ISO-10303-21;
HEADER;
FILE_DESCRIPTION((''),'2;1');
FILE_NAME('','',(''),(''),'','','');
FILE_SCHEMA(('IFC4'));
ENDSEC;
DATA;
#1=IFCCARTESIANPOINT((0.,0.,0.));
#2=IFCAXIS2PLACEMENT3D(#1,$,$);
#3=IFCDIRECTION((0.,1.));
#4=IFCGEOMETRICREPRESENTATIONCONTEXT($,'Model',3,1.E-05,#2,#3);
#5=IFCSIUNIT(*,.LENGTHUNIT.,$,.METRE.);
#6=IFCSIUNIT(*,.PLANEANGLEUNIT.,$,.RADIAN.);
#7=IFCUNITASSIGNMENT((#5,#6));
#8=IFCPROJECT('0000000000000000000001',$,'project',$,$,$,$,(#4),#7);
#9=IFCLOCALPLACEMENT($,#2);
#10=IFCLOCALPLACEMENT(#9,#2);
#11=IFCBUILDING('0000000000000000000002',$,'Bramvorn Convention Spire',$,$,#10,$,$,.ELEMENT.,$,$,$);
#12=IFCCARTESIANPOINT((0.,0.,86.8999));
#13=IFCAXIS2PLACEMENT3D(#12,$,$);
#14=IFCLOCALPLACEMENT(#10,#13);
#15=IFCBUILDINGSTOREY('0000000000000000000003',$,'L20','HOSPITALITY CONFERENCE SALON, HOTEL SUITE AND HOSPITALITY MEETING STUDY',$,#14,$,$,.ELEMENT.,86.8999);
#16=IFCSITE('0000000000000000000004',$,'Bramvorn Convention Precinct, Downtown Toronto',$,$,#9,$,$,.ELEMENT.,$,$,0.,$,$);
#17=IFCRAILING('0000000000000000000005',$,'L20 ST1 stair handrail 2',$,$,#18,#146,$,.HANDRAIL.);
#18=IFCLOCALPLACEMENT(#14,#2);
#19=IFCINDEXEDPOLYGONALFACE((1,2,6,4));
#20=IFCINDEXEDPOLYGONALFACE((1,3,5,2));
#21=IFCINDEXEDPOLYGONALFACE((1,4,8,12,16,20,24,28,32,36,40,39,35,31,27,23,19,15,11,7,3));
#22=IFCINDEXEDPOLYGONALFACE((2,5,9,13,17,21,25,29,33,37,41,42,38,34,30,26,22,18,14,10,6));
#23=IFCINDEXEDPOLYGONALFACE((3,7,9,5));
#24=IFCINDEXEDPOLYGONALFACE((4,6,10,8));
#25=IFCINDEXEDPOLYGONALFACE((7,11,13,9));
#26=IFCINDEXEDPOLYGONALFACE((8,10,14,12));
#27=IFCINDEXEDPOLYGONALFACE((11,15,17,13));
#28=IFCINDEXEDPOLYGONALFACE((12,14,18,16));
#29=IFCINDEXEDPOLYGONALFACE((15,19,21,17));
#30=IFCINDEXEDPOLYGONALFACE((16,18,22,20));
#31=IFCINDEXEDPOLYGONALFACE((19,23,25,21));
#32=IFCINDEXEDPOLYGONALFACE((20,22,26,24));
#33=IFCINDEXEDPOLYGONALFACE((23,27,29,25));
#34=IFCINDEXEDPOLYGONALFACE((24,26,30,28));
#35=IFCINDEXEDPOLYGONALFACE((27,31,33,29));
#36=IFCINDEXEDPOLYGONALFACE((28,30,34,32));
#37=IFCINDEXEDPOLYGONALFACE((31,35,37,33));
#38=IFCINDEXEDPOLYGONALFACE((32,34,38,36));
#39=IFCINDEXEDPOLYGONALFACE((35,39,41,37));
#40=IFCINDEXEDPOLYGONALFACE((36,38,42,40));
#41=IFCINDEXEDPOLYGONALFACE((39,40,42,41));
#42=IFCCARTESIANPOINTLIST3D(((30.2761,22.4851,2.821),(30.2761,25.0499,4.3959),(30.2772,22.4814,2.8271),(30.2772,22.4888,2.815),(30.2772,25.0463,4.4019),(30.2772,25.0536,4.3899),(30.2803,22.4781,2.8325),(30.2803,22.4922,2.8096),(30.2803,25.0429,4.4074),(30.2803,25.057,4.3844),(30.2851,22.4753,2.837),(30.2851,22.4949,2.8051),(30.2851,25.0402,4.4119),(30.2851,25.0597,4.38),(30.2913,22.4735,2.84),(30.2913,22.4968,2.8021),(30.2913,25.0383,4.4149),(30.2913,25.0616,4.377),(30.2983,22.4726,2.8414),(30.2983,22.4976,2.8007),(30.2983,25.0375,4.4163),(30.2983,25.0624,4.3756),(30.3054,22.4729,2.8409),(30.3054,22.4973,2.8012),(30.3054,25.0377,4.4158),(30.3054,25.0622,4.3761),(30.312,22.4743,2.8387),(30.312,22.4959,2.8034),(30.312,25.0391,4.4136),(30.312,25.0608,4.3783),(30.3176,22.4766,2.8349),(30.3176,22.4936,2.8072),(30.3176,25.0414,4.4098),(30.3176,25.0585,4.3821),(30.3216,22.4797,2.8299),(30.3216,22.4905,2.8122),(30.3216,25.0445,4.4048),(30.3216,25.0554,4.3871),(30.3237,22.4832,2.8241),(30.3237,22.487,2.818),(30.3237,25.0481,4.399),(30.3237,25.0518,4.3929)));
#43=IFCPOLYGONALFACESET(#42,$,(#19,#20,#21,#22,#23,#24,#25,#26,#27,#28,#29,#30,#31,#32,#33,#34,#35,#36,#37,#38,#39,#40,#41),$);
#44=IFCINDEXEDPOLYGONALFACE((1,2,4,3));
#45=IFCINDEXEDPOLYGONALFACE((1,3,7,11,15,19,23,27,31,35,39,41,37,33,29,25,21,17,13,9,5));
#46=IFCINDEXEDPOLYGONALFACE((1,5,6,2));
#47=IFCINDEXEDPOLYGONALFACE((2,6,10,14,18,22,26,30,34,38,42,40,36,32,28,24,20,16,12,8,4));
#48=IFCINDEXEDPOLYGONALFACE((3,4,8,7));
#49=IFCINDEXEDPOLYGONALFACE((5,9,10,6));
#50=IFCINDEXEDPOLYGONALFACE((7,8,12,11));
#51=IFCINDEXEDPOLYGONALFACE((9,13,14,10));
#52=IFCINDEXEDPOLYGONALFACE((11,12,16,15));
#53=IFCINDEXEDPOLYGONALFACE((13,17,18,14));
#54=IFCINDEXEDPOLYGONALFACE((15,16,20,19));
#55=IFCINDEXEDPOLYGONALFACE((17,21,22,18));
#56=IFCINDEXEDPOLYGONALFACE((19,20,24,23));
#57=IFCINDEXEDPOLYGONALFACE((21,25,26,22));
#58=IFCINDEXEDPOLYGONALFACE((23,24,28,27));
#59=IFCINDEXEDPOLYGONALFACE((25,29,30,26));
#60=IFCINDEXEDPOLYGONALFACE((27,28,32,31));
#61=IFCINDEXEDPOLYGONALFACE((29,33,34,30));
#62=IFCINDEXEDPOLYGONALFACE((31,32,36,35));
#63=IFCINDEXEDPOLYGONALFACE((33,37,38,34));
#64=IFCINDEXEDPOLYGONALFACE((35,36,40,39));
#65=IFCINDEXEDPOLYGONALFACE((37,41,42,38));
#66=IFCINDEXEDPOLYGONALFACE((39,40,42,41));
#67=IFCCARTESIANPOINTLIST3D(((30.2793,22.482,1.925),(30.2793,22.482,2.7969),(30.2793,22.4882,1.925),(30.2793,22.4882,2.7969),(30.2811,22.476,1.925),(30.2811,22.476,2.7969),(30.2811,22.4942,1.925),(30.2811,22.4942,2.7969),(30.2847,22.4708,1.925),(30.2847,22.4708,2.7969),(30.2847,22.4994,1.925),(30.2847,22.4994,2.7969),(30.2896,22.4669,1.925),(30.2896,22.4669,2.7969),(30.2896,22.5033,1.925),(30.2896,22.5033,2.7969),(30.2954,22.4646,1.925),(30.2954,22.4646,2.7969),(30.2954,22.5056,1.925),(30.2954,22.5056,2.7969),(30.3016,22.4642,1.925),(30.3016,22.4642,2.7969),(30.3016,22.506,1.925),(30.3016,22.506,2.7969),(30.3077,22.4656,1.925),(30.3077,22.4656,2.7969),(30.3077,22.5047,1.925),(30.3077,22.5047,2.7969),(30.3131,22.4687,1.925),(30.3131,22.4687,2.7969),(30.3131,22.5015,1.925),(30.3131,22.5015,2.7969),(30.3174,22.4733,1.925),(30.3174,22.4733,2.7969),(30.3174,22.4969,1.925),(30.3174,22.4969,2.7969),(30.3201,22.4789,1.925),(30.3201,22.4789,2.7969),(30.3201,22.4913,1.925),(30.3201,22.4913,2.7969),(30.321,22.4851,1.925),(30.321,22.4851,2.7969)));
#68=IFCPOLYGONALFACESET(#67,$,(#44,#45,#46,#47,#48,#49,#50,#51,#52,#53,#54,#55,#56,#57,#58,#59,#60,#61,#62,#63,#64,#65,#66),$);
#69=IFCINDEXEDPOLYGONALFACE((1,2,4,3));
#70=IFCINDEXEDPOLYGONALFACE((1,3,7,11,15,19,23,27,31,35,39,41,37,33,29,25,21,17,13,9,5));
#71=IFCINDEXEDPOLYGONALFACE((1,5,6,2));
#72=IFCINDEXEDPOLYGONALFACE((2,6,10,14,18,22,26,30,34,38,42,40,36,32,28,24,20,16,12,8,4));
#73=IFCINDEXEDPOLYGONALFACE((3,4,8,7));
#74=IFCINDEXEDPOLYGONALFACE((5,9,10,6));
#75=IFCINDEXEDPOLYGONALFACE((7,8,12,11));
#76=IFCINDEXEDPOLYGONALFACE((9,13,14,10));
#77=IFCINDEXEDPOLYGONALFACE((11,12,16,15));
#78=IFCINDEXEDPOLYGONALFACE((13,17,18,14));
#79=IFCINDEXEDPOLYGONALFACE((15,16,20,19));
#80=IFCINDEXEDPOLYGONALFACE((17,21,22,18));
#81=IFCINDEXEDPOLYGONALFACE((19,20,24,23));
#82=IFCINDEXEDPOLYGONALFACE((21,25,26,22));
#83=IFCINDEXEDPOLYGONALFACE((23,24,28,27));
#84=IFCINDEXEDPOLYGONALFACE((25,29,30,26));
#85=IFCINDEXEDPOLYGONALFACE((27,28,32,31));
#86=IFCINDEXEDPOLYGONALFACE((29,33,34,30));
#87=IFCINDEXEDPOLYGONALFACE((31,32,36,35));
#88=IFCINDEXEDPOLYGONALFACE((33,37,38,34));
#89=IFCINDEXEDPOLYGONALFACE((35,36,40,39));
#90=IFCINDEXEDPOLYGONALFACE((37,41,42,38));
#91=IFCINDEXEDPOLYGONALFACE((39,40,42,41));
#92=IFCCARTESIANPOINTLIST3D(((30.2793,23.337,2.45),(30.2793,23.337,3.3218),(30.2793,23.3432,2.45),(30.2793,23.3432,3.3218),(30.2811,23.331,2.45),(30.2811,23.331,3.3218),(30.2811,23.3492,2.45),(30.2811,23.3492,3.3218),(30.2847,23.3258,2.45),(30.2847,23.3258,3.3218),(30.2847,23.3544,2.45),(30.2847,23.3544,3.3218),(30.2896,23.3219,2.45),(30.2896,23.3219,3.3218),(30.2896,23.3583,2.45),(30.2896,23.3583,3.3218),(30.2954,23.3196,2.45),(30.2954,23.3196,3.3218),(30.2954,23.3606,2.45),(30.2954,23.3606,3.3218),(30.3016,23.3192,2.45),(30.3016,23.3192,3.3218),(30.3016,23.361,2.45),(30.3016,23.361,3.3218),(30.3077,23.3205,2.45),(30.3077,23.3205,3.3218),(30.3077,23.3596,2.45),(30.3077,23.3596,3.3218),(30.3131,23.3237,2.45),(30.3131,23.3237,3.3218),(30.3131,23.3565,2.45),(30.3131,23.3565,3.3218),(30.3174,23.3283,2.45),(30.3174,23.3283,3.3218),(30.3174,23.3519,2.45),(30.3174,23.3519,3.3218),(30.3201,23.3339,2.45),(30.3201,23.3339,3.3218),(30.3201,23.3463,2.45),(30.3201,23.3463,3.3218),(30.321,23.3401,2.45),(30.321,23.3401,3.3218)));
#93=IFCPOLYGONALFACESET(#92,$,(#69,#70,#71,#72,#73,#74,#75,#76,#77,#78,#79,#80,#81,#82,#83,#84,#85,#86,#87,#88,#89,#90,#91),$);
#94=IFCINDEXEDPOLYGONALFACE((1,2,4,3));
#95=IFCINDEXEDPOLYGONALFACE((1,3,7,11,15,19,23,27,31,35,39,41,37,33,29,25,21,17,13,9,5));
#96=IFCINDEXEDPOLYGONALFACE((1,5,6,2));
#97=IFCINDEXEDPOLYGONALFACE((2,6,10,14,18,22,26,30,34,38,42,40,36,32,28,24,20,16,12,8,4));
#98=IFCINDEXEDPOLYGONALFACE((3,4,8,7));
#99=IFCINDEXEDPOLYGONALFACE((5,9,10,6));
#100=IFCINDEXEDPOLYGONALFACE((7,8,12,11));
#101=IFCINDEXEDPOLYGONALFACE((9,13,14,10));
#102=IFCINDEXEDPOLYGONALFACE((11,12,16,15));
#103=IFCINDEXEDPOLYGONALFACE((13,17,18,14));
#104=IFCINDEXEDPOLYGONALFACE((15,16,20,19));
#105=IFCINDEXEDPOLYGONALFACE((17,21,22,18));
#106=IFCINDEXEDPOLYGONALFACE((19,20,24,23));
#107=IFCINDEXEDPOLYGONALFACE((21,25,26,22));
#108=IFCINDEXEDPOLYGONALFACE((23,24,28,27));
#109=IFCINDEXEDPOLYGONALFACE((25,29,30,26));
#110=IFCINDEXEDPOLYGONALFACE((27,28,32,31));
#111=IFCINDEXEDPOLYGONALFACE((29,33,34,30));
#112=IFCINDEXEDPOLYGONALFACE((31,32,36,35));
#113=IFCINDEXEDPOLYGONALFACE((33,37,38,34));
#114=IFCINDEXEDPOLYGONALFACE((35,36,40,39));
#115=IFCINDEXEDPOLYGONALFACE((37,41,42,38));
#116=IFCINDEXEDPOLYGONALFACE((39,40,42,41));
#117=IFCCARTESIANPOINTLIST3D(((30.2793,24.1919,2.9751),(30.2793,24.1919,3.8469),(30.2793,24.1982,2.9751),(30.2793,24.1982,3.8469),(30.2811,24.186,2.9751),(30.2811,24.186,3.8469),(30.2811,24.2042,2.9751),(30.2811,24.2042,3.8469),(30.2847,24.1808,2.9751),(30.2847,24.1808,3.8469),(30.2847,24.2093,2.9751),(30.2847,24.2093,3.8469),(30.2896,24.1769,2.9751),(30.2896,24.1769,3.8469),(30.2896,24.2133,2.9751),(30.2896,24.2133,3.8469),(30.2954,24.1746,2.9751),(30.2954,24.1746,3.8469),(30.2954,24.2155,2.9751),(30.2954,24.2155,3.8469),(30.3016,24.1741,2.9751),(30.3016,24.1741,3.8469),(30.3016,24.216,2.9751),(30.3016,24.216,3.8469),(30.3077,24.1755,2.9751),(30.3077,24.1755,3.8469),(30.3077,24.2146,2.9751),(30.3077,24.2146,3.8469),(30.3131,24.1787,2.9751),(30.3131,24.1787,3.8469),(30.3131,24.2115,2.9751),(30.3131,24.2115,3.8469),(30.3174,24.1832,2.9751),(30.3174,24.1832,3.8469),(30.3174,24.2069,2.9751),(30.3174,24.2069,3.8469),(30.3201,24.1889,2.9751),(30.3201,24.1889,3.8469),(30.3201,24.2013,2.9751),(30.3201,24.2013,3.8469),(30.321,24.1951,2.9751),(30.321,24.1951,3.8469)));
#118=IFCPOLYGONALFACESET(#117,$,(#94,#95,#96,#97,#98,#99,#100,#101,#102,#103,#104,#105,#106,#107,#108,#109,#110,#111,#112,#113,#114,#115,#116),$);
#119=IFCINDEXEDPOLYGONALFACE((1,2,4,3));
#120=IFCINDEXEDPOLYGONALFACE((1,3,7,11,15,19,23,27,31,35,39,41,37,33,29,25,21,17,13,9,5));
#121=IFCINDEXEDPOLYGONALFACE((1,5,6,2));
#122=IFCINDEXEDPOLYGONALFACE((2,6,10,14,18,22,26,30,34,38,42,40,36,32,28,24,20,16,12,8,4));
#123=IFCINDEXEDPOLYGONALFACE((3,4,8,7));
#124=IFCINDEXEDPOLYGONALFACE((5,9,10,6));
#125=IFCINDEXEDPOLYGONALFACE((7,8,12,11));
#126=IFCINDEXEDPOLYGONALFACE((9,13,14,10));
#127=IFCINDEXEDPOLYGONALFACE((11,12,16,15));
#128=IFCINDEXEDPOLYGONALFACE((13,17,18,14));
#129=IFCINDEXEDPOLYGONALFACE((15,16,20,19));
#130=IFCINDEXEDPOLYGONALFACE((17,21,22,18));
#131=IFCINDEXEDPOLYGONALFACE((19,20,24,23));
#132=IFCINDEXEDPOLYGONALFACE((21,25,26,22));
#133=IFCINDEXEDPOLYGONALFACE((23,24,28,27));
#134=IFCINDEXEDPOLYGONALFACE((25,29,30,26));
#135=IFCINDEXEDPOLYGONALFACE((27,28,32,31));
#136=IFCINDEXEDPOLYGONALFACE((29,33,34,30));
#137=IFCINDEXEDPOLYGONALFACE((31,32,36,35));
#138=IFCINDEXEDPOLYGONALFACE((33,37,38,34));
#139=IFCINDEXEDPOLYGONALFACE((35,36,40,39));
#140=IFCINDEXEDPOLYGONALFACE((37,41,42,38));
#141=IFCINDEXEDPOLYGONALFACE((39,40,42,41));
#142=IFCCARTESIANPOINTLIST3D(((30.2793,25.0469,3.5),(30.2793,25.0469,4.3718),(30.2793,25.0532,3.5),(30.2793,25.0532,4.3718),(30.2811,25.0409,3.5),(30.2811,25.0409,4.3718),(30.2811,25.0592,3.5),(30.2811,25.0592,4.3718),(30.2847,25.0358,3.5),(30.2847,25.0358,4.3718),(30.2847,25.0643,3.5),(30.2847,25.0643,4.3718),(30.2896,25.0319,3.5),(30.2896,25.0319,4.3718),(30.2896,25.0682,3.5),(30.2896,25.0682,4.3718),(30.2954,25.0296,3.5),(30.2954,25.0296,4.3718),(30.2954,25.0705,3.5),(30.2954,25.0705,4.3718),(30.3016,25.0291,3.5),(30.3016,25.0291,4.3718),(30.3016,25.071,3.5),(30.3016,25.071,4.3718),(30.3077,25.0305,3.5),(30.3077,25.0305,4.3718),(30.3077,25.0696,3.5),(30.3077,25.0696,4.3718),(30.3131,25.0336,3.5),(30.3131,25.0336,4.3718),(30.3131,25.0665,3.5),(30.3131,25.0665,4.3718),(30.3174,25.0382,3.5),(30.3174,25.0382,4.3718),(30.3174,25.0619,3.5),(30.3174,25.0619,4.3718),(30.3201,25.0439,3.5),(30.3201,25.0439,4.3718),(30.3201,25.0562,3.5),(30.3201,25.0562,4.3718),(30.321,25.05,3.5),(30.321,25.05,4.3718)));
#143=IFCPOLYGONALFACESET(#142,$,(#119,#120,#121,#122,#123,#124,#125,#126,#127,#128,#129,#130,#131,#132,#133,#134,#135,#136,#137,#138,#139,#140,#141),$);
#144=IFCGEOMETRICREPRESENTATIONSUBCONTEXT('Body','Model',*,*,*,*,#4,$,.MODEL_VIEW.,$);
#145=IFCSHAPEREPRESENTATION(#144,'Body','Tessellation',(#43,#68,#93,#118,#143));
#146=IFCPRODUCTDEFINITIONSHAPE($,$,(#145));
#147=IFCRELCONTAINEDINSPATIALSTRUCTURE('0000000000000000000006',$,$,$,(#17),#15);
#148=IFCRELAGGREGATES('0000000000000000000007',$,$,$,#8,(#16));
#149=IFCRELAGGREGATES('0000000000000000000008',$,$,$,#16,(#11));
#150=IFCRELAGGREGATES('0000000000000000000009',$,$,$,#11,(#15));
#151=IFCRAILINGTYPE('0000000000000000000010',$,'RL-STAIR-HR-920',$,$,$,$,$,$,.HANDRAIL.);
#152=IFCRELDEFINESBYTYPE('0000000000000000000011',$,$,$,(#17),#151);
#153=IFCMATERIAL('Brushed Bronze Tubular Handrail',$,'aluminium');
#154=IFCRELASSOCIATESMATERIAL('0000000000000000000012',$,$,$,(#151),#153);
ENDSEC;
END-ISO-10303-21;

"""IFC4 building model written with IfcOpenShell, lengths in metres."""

from ifc_helpers import new_model, si_unit, direction, frame, origin, origin_2d, place, context, subcontext, project, spatial, circle, extrude, material, type_object, element, save


model = new_model("IFC4")

# Units and contexts
model_context = context("Model", 3, precision=1e-05, world=origin(), true_north=direction((0.0, 1.0)))
body_context = subcontext(model_context, "Body", "Model", "MODEL_VIEW")
ifc_project = project(units=[si_unit("LENGTHUNIT", "METRE"), si_unit("PLANEANGLEUNIT", "RADIAN")], contexts=[model_context])

# Site, building, storey
site_placement = place(None, origin())
site = spatial("IfcSite", under=ifc_project, at=site_placement, Name="Bramvorn Convention Precinct, Downtown Toronto", CompositionType="ELEMENT", RefElevation=0.0)
building_placement = place(site_placement, origin())
building = spatial("IfcBuilding", under=site, at=building_placement, Name="Bramvorn Convention Spire", CompositionType="ELEMENT")
storey_placement = place(building_placement, frame((0.0, 0.0, 86.8999)))
storey = spatial("IfcBuildingStorey", under=building, at=storey_placement, Name="L20", Description="HOSPITALITY CONFERENCE SALON, HOTEL SUITE AND HOSPITALITY MEETING STUDY", CompositionType="ELEMENT", Elevation=86.8999)

# Railing
ifc_material_1 = material(Name="Brushed Bronze Tubular Handrail", Category="aluminium")
railing_type_1 = type_object("IfcRailingType", Name="RL-STAIR-HR-920", PredefinedType="HANDRAIL", material=ifc_material_1)
railing_1_placement = place(storey_placement, frame((30.3, 22.4851, 1.925)))
element("IfcRailing", 1, at=railing_1_placement, inside=storey, type_object=railing_type_1, Name="L20 ST1 stair handrail 2", PredefinedType="HANDRAIL", context=body_context, shape_type="SweptSolid", body=[
    extrude(circle(Radius=0.0239, at=origin_2d()), frame((0.0, 0.0, 0.896), z_axis=(0.0, 0.852173, 0.52326), x_axis=(-1.0, 0.0, 0.0)), (0.0, 0.0, 1.0), 3.0098),
    extrude(circle(Radius=0.021, at=origin_2d()), origin(), (0.0, 0.0, 1.0), 0.8718),
    extrude(circle(Radius=0.021, at=origin_2d()), frame((0.0, 0.855, 0.5249)), (0.0, 0.0, 1.0), 0.8718),
    extrude(circle(Radius=0.021, at=origin_2d()), frame((0.0, 1.71, 1.05)), (0.0, 0.0, 1.0), 0.8718),
    extrude(circle(Radius=0.021, at=origin_2d()), frame((0.0, 2.5649, 1.575)), (0.0, 0.0, 1.0), 0.8718),
])

save(model, "model.ifc")
